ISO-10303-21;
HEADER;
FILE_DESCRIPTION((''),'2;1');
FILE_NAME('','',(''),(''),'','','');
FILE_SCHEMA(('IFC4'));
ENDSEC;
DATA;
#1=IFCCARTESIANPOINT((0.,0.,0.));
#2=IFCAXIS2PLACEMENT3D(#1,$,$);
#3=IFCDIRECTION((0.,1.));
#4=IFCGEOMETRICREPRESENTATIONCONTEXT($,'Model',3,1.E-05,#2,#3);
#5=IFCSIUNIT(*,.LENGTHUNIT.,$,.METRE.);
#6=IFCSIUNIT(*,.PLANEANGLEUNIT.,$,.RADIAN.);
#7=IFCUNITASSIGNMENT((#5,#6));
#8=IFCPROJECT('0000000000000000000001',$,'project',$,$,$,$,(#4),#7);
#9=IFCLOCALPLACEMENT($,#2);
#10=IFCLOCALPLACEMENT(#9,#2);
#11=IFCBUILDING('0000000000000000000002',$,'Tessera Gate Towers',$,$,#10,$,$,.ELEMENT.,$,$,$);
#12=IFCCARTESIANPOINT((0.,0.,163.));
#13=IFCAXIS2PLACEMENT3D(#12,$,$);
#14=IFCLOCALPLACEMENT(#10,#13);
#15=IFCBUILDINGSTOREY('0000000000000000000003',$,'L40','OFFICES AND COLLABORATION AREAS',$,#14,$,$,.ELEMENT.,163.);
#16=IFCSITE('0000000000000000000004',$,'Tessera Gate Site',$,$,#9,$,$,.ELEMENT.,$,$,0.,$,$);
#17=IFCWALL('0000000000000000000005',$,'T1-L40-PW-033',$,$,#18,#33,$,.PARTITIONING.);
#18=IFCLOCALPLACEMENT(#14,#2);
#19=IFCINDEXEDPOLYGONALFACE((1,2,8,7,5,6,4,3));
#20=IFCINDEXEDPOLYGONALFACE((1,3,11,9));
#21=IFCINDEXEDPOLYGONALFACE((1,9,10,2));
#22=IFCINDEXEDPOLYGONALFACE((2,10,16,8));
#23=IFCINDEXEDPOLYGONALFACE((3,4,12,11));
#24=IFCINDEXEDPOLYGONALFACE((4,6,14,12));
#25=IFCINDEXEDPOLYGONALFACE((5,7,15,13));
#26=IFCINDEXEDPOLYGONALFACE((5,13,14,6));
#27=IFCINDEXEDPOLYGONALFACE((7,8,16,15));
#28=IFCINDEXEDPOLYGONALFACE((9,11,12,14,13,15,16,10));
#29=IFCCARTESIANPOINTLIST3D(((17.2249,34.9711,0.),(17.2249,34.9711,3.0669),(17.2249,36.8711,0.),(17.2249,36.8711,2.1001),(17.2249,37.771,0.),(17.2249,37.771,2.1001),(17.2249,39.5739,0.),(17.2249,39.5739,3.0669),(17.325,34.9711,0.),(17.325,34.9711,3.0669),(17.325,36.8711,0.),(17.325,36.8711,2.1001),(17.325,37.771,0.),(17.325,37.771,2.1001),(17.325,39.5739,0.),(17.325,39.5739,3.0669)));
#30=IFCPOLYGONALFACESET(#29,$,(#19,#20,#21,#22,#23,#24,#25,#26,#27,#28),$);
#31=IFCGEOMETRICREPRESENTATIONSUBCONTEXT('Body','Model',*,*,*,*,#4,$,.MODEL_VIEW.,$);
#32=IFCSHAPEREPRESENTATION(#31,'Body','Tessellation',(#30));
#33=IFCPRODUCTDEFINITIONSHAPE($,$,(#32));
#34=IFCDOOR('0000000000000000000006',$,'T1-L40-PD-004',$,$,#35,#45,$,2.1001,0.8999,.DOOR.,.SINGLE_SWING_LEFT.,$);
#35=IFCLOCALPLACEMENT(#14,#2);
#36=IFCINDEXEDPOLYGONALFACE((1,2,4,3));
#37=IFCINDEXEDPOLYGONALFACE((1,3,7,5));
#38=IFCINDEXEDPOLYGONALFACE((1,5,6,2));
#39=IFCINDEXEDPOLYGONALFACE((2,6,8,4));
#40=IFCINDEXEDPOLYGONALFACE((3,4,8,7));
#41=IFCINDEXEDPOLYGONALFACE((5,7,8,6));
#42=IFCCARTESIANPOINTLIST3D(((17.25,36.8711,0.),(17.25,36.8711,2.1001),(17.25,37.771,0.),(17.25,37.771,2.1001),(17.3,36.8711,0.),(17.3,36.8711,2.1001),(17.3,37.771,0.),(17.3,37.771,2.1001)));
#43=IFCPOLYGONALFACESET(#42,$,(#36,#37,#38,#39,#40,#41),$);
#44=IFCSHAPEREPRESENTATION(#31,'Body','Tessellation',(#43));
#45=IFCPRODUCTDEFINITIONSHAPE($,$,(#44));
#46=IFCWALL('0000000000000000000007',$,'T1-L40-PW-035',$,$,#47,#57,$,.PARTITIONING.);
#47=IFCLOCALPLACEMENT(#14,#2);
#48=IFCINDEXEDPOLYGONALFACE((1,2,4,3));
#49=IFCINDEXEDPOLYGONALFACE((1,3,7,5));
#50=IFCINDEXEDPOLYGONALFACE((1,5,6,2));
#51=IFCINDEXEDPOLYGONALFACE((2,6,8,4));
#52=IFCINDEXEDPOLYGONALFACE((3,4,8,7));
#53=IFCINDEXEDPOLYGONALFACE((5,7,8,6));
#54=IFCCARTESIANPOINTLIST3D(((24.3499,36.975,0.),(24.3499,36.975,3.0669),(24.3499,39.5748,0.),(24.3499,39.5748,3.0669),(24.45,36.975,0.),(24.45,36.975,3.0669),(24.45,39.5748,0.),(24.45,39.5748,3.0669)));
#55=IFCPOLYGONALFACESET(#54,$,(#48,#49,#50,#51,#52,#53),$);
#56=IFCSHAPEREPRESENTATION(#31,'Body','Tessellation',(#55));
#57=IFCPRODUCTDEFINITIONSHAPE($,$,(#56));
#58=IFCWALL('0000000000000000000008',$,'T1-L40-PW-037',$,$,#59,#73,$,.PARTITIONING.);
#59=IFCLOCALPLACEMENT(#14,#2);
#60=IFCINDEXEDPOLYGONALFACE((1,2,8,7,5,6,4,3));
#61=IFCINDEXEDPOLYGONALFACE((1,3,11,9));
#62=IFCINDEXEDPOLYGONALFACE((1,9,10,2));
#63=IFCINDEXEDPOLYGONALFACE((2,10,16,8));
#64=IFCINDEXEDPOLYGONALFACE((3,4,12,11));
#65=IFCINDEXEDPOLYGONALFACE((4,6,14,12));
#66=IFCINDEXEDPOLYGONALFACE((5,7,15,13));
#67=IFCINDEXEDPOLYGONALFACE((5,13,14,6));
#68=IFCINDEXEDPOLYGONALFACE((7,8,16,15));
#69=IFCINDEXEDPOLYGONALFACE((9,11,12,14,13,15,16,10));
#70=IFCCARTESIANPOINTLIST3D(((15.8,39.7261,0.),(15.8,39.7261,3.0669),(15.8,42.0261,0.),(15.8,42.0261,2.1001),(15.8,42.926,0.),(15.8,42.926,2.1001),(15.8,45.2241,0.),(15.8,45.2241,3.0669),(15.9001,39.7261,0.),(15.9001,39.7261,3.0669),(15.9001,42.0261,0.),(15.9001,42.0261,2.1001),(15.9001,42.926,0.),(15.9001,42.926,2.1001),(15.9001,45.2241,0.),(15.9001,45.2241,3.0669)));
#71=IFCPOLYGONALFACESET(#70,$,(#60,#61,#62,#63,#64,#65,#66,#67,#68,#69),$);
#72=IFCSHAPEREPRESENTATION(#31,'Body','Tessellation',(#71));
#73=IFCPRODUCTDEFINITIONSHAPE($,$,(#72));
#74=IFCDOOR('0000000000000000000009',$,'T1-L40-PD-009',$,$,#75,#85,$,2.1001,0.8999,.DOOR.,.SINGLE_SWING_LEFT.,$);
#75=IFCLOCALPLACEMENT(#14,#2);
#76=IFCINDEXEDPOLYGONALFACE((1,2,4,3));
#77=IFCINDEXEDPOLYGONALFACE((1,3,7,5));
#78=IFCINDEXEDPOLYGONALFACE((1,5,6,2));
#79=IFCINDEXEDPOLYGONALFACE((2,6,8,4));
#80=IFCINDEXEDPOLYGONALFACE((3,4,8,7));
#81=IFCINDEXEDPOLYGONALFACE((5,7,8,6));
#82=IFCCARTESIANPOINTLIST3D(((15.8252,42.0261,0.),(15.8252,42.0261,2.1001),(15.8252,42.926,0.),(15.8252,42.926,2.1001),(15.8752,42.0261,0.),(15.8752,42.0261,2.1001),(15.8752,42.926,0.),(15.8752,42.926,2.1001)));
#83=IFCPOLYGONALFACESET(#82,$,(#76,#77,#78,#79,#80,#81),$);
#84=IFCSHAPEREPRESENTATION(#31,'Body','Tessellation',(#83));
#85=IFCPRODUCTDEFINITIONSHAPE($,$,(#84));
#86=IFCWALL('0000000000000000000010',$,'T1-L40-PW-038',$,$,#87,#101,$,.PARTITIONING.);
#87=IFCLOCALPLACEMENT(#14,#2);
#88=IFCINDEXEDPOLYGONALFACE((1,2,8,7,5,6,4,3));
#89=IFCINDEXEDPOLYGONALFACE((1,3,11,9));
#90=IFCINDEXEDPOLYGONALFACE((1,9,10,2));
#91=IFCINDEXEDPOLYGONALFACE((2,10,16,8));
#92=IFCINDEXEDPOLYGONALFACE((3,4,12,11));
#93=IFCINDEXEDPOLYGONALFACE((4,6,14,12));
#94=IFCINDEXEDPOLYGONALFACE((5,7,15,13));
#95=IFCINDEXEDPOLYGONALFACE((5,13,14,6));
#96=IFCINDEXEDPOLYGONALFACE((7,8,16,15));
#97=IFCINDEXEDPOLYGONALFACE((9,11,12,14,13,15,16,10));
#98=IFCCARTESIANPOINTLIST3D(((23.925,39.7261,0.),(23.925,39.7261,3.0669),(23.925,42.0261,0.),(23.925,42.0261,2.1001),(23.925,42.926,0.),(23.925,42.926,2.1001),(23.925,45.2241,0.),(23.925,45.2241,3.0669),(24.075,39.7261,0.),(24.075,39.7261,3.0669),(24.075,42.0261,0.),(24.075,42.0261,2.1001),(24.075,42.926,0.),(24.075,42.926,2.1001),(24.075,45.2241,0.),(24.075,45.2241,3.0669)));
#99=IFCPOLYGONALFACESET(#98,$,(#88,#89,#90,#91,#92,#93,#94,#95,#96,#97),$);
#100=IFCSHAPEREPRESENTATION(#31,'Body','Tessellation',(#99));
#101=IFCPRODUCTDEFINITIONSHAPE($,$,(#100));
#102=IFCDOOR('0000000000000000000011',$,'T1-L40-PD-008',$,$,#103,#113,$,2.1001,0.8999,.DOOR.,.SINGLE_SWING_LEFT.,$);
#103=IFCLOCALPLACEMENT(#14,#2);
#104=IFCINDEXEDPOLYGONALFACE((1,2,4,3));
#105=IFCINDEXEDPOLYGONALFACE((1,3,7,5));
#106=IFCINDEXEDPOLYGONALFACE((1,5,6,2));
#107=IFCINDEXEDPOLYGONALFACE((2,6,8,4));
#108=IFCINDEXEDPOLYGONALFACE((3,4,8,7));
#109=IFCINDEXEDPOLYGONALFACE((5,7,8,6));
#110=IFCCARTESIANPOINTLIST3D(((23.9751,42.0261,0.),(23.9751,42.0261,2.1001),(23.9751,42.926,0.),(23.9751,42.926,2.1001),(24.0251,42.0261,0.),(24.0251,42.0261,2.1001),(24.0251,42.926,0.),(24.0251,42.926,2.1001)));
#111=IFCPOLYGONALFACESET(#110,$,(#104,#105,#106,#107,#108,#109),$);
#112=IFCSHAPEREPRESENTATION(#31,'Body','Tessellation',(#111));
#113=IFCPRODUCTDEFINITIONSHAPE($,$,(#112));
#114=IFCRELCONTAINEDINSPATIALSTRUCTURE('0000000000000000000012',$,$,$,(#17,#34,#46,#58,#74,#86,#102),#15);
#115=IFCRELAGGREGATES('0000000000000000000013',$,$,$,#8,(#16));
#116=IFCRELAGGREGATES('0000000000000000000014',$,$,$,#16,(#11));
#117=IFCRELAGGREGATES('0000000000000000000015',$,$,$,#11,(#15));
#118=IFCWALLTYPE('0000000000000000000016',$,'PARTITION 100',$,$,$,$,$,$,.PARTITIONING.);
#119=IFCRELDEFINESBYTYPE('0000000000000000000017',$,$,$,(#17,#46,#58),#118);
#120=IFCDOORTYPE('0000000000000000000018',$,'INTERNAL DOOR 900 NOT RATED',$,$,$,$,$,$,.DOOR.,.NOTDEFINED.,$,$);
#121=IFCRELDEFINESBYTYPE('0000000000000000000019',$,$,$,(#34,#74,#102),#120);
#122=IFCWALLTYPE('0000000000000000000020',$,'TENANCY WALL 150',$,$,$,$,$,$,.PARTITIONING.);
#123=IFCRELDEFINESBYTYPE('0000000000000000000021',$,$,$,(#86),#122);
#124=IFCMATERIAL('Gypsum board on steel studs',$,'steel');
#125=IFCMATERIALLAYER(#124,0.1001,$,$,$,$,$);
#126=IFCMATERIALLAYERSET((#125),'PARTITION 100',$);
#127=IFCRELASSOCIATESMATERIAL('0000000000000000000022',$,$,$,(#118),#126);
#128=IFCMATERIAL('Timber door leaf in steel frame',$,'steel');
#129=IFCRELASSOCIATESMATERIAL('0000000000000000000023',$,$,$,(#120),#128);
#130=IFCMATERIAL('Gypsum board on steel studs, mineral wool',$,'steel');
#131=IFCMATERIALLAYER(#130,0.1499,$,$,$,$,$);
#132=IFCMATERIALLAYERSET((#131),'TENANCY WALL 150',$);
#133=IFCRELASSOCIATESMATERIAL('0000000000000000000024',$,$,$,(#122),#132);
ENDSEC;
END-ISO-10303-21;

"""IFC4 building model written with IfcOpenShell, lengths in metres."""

from ifc_helpers import new_model, si_unit, direction, frame, frame_2d, origin, place, context, subcontext, project, spatial, rectangle, extrude, source, transform, mapped, material, layer, layer_set, type_object, element, fill, save


model = new_model("IFC4")

# Units and contexts
model_context = context("Model", 3, precision=1e-05, world=origin(), true_north=direction((0.0, 1.0)))
body_context = subcontext(model_context, "Body", "Model", "MODEL_VIEW")
ifc_project = project(units=[si_unit("LENGTHUNIT", "METRE"), si_unit("PLANEANGLEUNIT", "RADIAN")], contexts=[model_context])

# Site, building, storey
site_placement = place(None, origin())
site = spatial("IfcSite", under=ifc_project, at=site_placement, Name="Tessera Gate Site", CompositionType="ELEMENT", RefElevation=0.0)
building_placement = place(site_placement, origin())
building = spatial("IfcBuilding", under=site, at=building_placement, Name="Tessera Gate Towers", CompositionType="ELEMENT")
storey_placement = place(building_placement, frame((0.0, 0.0, 163.0)))
storey = spatial("IfcBuildingStorey", under=building, at=storey_placement, Name="L40", Description="OFFICES AND COLLABORATION AREAS", CompositionType="ELEMENT", Elevation=163.0)

# Wall, opening, door
ifc_material_1 = material(Name="Gypsum board on steel studs", Category="steel")
ifc_layer_1 = layer(ifc_material_1, 0.1001)
ifc_layer_set_1 = layer_set([ifc_layer_1], Name="PARTITION 100")
wall_type_1 = type_object("IfcWallType", Name="PARTITION 100", PredefinedType="PARTITIONING", material=ifc_layer_set_1)
wall_1_placement = place(storey_placement, frame((17.2749, 34.9712, 0.0), z_axis=(0.0, 0.0, 1.0), x_axis=(0.0, 1.0, 0.0)))
wall_1 = element("IfcWall", 1, at=wall_1_placement, inside=storey, type_object=wall_type_1, Name="T1-L40-PW-033", PredefinedType="PARTITIONING", context=body_context, shape_type="SweptSolid", body=[
    extrude(rectangle(XDim=4.6028, YDim=0.1001, at=frame_2d((2.3013, 0.0))), origin(), (0.0, 0.0, 1.0), 3.0669),
])
shared_shape_1 = source(origin(), body_context, "Body", "SweptSolid", [
    extrude(rectangle(XDim=0.8999, YDim=2.1001, at=frame_2d((0.45, 1.05))), frame((0.0, 0.0601, 0.0), z_axis=(0.0, -1.0, 0.0), x_axis=(1.0, 0.0, 0.0)), (0.0, 0.0, 1.0), 0.1201),
])
opening_1_placement = place(wall_1_placement, frame((1.8999, 0.0, 0.0)))
opening_1 = element("IfcOpeningElement", 2, at=opening_1_placement, cuts=wall_1, PredefinedType="OPENING", context=body_context, shape_type="MappedRepresentation", body=[
    mapped(shared_shape_1, transform((0.0, 0.0, 0.0), scale=1.0)),
])
ifc_material_2 = material(Name="Timber door leaf in steel frame", Category="steel")
door_type_1 = type_object("IfcDoorType", Name="INTERNAL DOOR 900 NOT RATED", OperationType="NOTDEFINED", PredefinedType="DOOR", material=ifc_material_2)
shared_shape_2 = source(origin(), body_context, "Body", "SweptSolid", [
    extrude(rectangle(XDim=0.8999, YDim=2.1001, at=frame_2d((0.45, 1.05))), frame((0.0, 0.0249, 0.0), z_axis=(0.0, -1.0, 0.0), x_axis=(1.0, 0.0, 0.0)), (0.0, 0.0, 1.0), 0.05),
])
door_1_placement = place(opening_1_placement, origin())
door_1 = element("IfcDoor", 3, at=door_1_placement, inside=storey, type_object=door_type_1, Name="T1-L40-PD-004", OperationType="SINGLE_SWING_LEFT", OverallHeight=2.1001, OverallWidth=0.8999, PredefinedType="DOOR", context=body_context, shape_type="MappedRepresentation", body=[
    mapped(shared_shape_2, transform((0.0, 0.0, 0.0), scale=1.0)),
])
fill(opening_1, door_1)

# Wall
wall_2_placement = place(storey_placement, frame((24.3999, 36.9751, 0.0), z_axis=(0.0, 0.0, 1.0), x_axis=(0.0, 1.0, 0.0)))
element("IfcWall", 4, at=wall_2_placement, inside=storey, type_object=wall_type_1, Name="T1-L40-PW-035", PredefinedType="PARTITIONING", context=body_context, shape_type="SweptSolid", body=[
    extrude(rectangle(XDim=2.5999, YDim=0.1001, at=frame_2d((1.2998, 0.0))), origin(), (0.0, 0.0, 1.0), 3.0669),
])

# Walls, openings, doors
wall_3_placement = place(storey_placement, frame((15.8501, 39.7261, 0.0), z_axis=(0.0, 0.0, 1.0), x_axis=(0.0, 1.0, 0.0)))
wall_3 = element("IfcWall", 5, at=wall_3_placement, inside=storey, type_object=wall_type_1, Name="T1-L40-PW-037", PredefinedType="PARTITIONING", context=body_context, shape_type="SweptSolid", body=[
    extrude(rectangle(XDim=5.498, YDim=0.1001, at=frame_2d((2.749, 0.0))), origin(), (0.0, 0.0, 1.0), 3.0669),
])
opening_2_placement = place(wall_3_placement, frame((2.3, 0.0, 0.0)))
opening_2 = element("IfcOpeningElement", 6, at=opening_2_placement, cuts=wall_3, PredefinedType="OPENING", context=body_context, shape_type="MappedRepresentation", body=[
    mapped(shared_shape_1, transform((0.0, 0.0, 0.0), scale=1.0)),
])
door_2_placement = place(opening_2_placement, origin())
door_2 = element("IfcDoor", 7, at=door_2_placement, inside=storey, type_object=door_type_1, Name="T1-L40-PD-009", OperationType="SINGLE_SWING_LEFT", OverallHeight=2.1001, OverallWidth=0.8999, PredefinedType="DOOR", context=body_context, shape_type="MappedRepresentation", body=[
    mapped(shared_shape_2, transform((0.0, 0.0, 0.0), scale=1.0)),
])
fill(opening_2, door_2)
ifc_material_3 = material(Name="Gypsum board on steel studs, mineral wool", Category="steel")
ifc_layer_2 = layer(ifc_material_3, 0.1499)
ifc_layer_set_2 = layer_set([ifc_layer_2], Name="TENANCY WALL 150")
wall_type_2 = type_object("IfcWallType", Name="TENANCY WALL 150", PredefinedType="PARTITIONING", material=ifc_layer_set_2)
wall_4_placement = place(storey_placement, frame((24.0, 39.7261, 0.0), z_axis=(0.0, 0.0, 1.0), x_axis=(0.0, 1.0, 0.0)))
wall_4 = element("IfcWall", 8, at=wall_4_placement, inside=storey, type_object=wall_type_2, Name="T1-L40-PW-038", PredefinedType="PARTITIONING", context=body_context, shape_type="SweptSolid", body=[
    extrude(rectangle(XDim=5.498, YDim=0.1499, at=frame_2d((2.749, 0.0))), origin(), (0.0, 0.0, 1.0), 3.0669),
])
shared_shape_3 = source(origin(), body_context, "Body", "SweptSolid", [
    extrude(rectangle(XDim=0.8999, YDim=2.1001, at=frame_2d((0.45, 1.05))), frame((0.0, 0.085, 0.0), z_axis=(0.0, -1.0, 0.0), x_axis=(1.0, 0.0, 0.0)), (0.0, 0.0, 1.0), 0.1699),
])
opening_3_placement = place(wall_4_placement, frame((2.3, 0.0, 0.0)))
opening_3 = element("IfcOpeningElement", 9, at=opening_3_placement, cuts=wall_4, PredefinedType="OPENING", context=body_context, shape_type="MappedRepresentation", body=[
    mapped(shared_shape_3, transform((0.0, 0.0, 0.0), scale=1.0)),
])
door_3_placement = place(opening_3_placement, origin())
door_3 = element("IfcDoor", 10, at=door_3_placement, inside=storey, type_object=door_type_1, Name="T1-L40-PD-008", OperationType="SINGLE_SWING_LEFT", OverallHeight=2.1001, OverallWidth=0.8999, PredefinedType="DOOR", context=body_context, shape_type="MappedRepresentation", body=[
    mapped(shared_shape_2, transform((0.0, 0.0, 0.0), scale=1.0)),
])
fill(opening_3, door_3)

save(model, "model.ifc")
